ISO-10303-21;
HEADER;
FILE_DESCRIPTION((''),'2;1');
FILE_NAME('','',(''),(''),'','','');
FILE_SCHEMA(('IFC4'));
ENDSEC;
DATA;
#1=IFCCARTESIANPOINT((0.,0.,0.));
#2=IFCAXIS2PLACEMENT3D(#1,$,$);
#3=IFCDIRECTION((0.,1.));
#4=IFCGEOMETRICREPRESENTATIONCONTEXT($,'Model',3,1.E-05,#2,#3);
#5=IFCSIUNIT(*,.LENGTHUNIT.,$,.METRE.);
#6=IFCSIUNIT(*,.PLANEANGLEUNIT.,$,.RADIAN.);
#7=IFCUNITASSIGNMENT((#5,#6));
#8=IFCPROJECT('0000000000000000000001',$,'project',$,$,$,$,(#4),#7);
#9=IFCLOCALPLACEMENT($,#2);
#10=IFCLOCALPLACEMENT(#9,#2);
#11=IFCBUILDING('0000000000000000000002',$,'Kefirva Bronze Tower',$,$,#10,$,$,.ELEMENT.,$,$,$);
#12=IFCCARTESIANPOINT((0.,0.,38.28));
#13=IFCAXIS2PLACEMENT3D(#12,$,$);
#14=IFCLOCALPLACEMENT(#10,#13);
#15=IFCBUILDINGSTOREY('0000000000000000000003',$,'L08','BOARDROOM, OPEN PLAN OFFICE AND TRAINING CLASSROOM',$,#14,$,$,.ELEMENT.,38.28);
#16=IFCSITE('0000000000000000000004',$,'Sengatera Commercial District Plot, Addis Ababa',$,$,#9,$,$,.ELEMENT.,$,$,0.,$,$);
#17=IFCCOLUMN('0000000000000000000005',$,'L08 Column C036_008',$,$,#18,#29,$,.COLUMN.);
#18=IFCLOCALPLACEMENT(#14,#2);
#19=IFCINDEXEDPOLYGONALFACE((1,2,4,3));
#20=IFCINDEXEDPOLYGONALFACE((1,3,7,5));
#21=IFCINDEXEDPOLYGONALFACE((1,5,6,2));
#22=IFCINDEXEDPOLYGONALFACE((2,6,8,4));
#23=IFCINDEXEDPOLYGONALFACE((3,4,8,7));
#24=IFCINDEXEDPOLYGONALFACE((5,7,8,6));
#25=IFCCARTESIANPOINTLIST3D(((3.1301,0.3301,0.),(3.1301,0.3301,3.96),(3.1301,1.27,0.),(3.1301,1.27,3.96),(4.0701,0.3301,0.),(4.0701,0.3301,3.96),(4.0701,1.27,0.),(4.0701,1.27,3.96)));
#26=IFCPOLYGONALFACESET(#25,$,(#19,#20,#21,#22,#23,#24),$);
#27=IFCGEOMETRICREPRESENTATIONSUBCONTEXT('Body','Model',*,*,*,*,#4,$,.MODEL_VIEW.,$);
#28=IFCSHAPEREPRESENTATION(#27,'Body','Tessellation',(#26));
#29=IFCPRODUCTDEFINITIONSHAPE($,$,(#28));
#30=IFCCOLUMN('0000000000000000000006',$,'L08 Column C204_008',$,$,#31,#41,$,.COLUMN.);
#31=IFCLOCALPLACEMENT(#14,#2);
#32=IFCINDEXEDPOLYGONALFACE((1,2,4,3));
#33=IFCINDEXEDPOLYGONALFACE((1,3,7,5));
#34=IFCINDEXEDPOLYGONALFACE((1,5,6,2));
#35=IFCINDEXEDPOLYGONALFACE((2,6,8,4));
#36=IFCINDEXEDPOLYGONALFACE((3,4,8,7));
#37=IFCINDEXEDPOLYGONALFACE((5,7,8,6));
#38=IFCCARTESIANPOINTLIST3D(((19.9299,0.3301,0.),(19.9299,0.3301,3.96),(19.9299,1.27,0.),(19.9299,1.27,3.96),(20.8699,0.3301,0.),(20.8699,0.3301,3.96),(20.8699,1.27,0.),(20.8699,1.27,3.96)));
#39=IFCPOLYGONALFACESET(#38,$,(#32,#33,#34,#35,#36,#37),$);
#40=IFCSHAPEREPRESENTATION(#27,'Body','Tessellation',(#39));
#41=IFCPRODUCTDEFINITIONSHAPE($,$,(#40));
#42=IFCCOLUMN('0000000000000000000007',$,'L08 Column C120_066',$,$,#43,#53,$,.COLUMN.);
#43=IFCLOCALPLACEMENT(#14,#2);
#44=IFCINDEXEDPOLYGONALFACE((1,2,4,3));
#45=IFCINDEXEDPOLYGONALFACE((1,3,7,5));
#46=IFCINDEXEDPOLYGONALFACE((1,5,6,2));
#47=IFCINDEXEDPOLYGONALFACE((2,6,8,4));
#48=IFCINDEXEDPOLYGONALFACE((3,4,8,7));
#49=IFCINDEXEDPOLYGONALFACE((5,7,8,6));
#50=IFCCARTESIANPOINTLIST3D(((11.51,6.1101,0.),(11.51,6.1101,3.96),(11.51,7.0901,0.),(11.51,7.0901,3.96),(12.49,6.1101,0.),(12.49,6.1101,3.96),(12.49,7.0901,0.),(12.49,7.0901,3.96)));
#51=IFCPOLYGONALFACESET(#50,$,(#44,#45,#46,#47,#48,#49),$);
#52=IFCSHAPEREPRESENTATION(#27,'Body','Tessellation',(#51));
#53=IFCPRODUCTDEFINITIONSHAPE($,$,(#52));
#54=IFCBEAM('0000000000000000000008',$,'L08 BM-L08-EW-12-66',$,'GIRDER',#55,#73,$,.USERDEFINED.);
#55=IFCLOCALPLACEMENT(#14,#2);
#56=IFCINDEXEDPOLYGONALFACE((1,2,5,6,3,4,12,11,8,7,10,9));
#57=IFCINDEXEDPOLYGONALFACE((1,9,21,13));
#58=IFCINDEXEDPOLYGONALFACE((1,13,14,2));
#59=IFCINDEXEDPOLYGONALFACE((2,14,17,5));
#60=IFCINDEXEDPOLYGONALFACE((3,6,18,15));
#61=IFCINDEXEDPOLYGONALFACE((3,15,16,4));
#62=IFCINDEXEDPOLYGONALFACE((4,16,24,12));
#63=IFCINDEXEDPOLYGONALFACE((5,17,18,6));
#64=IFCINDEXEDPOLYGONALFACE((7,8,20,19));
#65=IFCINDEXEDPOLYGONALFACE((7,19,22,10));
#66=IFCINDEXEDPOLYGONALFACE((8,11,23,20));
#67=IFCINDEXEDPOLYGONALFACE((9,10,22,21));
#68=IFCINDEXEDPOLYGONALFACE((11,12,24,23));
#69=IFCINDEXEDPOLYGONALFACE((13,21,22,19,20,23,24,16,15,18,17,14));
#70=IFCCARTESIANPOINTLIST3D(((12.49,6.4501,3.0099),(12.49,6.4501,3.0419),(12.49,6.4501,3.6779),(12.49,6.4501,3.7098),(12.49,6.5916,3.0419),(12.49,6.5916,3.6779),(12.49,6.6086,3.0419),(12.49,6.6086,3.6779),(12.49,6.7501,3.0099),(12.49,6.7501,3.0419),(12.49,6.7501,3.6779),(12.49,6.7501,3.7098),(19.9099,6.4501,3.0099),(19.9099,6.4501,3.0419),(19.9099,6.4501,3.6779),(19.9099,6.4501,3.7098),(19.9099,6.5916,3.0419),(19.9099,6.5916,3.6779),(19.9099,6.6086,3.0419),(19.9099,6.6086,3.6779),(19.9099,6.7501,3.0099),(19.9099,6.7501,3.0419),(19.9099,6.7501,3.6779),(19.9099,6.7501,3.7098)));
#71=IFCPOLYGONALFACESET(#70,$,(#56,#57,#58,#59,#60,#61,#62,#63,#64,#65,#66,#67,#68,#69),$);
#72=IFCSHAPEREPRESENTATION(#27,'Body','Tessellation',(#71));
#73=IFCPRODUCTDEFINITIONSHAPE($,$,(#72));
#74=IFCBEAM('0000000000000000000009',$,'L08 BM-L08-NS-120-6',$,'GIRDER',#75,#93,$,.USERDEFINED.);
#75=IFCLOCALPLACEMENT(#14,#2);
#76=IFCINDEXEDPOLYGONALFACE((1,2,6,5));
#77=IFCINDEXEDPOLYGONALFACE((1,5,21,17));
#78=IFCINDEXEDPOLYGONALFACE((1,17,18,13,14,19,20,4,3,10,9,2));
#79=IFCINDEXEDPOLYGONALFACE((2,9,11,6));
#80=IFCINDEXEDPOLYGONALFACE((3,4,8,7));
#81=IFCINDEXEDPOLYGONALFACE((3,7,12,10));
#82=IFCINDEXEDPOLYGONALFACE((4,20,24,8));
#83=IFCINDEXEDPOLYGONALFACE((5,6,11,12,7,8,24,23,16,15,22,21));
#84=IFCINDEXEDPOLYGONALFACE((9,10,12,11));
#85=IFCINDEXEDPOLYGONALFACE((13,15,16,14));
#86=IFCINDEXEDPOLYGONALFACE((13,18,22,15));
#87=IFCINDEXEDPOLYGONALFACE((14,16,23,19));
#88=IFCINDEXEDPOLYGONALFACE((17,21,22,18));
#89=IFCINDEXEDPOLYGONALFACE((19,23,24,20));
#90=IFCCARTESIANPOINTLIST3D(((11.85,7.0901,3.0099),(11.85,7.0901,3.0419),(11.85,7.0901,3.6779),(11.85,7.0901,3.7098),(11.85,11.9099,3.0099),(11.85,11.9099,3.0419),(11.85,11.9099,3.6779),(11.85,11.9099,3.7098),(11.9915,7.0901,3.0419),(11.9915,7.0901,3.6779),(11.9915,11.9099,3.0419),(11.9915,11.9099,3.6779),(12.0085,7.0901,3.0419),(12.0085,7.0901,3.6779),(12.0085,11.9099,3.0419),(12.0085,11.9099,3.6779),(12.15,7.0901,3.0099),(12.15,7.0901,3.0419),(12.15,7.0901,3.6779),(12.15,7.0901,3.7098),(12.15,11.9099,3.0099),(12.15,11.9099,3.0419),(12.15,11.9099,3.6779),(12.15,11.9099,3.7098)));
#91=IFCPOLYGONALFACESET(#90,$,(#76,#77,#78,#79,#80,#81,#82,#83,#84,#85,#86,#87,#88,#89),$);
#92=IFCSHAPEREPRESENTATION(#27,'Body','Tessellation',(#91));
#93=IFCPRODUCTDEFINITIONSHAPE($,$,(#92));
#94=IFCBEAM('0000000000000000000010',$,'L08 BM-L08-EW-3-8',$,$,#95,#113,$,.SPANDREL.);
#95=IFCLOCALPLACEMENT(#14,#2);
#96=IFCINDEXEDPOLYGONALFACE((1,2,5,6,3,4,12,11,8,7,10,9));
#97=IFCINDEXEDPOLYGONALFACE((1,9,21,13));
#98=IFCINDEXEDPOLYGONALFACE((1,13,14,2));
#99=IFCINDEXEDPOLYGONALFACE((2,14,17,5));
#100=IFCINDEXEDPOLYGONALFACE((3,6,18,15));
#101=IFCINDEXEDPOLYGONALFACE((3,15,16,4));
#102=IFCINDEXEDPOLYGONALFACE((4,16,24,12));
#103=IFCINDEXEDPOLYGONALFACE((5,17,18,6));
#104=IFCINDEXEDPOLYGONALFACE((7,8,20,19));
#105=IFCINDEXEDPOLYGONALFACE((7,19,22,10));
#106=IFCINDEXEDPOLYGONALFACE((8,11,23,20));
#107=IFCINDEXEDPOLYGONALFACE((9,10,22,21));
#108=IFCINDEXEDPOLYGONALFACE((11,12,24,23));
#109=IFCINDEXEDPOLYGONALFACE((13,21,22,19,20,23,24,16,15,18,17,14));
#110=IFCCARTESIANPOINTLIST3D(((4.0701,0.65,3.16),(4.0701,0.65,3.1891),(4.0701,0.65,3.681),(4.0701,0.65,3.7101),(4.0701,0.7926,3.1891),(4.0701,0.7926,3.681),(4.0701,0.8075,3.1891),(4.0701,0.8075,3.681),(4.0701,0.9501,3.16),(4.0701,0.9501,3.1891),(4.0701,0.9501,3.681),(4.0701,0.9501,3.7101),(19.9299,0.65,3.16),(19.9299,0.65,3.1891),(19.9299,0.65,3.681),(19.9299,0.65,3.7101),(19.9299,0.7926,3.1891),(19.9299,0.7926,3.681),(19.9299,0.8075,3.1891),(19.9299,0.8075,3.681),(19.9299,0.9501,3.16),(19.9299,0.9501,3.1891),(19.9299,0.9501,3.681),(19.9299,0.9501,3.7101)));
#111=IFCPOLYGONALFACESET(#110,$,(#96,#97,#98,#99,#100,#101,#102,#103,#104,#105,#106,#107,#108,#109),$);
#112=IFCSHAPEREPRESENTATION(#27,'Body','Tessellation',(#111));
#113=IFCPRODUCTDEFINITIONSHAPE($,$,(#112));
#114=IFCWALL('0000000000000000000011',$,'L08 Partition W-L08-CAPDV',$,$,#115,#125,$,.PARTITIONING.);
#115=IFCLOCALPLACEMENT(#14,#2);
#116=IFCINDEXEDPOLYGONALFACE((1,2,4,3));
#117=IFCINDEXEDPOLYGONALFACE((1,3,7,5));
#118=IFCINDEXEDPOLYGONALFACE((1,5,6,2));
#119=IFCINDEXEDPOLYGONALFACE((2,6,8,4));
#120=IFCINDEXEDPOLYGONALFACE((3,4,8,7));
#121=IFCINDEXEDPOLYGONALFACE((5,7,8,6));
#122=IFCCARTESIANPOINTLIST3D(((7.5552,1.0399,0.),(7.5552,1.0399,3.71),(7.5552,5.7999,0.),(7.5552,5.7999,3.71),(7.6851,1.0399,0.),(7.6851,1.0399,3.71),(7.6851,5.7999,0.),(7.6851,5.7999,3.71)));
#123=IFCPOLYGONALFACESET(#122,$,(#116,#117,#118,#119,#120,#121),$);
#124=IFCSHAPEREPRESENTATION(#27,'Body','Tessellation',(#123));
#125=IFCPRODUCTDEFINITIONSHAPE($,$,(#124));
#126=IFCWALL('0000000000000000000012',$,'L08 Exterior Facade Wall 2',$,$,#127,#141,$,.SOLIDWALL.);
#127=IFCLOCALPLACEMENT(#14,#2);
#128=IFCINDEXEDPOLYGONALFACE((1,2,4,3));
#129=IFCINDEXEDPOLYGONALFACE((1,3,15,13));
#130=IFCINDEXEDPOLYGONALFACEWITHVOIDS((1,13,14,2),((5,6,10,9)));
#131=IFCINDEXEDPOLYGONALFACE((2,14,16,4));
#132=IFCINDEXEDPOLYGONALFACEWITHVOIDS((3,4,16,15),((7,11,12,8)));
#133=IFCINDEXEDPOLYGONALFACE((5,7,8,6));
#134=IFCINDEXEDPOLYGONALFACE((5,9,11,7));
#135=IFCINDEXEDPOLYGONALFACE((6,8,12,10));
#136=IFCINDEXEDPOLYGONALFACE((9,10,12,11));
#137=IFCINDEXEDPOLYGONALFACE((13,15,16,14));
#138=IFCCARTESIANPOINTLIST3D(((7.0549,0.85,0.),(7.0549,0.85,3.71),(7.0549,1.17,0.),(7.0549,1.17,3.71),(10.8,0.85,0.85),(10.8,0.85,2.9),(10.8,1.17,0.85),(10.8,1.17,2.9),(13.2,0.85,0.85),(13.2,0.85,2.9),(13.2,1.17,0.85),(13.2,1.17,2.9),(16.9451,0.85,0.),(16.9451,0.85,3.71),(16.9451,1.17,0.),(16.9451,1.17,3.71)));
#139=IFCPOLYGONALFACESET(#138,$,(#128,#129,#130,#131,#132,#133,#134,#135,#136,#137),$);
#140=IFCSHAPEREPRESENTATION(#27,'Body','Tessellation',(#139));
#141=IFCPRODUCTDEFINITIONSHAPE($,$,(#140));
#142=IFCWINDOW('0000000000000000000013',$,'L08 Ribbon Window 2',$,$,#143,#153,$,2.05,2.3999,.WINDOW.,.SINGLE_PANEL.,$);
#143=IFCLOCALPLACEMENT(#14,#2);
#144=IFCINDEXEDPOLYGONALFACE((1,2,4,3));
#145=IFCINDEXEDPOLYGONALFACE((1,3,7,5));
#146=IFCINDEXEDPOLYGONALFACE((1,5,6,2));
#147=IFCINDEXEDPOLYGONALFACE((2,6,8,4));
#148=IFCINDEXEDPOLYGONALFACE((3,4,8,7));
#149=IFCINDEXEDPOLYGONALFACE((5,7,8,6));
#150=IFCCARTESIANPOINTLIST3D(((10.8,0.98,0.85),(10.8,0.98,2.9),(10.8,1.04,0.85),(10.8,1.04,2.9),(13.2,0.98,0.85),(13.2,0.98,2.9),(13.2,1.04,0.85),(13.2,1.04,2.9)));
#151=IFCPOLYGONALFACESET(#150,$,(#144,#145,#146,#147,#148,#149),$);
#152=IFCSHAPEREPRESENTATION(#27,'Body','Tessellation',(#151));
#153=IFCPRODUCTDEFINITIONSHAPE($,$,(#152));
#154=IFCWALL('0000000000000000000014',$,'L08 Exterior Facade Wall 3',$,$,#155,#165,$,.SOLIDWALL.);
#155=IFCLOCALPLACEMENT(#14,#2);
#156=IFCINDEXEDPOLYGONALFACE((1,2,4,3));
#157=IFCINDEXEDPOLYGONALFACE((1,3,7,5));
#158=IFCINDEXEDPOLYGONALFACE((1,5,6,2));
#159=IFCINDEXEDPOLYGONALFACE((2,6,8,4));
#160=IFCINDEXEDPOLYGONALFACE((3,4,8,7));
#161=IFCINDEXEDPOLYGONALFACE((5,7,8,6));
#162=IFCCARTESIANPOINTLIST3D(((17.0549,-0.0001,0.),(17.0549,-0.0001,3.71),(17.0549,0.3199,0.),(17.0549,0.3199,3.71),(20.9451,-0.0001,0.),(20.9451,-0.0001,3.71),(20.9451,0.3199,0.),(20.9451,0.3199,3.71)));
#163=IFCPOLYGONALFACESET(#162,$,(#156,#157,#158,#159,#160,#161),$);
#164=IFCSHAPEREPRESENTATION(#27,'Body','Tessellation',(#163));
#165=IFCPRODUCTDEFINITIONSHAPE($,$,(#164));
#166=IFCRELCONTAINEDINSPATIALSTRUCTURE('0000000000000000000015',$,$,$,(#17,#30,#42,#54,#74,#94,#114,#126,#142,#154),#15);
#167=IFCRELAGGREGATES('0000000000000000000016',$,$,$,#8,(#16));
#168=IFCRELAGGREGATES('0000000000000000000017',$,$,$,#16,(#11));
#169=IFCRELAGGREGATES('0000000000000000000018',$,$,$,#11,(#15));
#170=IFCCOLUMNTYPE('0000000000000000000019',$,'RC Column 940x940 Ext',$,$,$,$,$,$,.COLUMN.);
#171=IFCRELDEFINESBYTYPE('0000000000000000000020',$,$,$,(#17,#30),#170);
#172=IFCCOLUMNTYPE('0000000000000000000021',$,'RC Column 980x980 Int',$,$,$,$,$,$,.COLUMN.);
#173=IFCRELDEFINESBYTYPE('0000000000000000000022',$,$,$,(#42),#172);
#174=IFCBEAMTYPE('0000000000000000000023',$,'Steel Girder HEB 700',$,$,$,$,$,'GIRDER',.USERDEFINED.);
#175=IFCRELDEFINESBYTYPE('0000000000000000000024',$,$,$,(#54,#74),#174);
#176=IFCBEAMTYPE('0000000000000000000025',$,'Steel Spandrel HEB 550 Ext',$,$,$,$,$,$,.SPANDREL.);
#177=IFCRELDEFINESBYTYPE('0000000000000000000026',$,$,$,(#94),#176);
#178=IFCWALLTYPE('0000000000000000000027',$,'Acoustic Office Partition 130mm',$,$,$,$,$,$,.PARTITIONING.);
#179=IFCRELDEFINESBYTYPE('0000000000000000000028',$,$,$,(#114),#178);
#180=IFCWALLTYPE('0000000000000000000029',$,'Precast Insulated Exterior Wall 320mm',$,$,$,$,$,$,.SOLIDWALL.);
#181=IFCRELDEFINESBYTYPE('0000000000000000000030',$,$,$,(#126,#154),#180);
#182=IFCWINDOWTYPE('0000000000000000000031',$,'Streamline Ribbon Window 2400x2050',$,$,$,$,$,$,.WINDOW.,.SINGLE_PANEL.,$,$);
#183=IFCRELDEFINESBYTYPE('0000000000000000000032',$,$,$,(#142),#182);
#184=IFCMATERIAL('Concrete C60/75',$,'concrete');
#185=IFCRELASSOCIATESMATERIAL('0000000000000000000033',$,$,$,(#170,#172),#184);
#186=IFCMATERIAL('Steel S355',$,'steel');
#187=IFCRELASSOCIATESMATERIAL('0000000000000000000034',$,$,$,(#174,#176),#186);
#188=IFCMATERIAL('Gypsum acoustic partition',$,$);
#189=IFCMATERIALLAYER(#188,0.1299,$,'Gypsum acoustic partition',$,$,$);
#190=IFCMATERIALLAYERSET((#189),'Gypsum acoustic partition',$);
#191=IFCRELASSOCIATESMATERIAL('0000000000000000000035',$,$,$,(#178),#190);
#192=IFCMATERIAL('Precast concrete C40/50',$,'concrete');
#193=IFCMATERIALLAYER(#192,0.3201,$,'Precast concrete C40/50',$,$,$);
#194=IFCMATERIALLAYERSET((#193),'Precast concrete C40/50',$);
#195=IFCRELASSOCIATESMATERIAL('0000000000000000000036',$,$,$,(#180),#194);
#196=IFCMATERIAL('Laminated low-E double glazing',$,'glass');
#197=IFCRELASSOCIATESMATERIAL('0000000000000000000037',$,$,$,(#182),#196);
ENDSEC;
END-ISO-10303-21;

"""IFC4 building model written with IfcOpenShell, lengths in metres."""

from ifc_helpers import new_model, si_unit, direction, frame, frame_2d, origin, origin_2d, place, context, subcontext, project, spatial, rectangle, i_section, extrude, material, layer, layer_set, material_profile, profile_set, type_object, element, fill, save


model = new_model("IFC4")

# Units and contexts
model_context = context("Model", 3, precision=1e-05, world=origin(), true_north=direction((0.0, 1.0)))
body_context = subcontext(model_context, "Body", "Model", "MODEL_VIEW")
ifc_project = project(units=[si_unit("LENGTHUNIT", "METRE"), si_unit("PLANEANGLEUNIT", "RADIAN")], contexts=[model_context])

# Site, building, storey
site_placement = place(None, origin())
site = spatial("IfcSite", under=ifc_project, at=site_placement, Name="Sengatera Commercial District Plot, Addis Ababa", CompositionType="ELEMENT", RefElevation=0.0)
building_placement = place(site_placement, origin())
building = spatial("IfcBuilding", under=site, at=building_placement, Name="Kefirva Bronze Tower", CompositionType="ELEMENT")
storey_placement = place(building_placement, frame((0.0, 0.0, 38.28)))
storey = spatial("IfcBuildingStorey", under=building, at=storey_placement, Name="L08", Description="BOARDROOM, OPEN PLAN OFFICE AND TRAINING CLASSROOM", CompositionType="ELEMENT", Elevation=38.28)

# Columns
ifc_material_1 = material(Name="Concrete C60/75", Category="concrete")
ifc_material_profile_1 = material_profile(ifc_material_1, rectangle(XDim=0.9399, YDim=0.9399, at=origin_2d()), Name="RC 940x940")
ifc_profile_set_1 = profile_set([ifc_material_profile_1], Name="Concrete C60/75")
column_type_1 = type_object("IfcColumnType", Name="RC Column 940x940 Ext", PredefinedType="COLUMN", material=ifc_profile_set_1)
for number, where, z_axis, x_axis, name in (
    (1, (3.6001, 0.8, 0.0), (0.0, 0.0, 1.0), (1.0, 0.0, 0.0), "L08 Column C036_008"),
    (2, (20.3999, 0.8, 0.0), (0.0, 0.0, 1.0), (1.0, 0.0, 0.0), "L08 Column C204_008"),
):
    element("IfcColumn", number, at=place(storey_placement, frame(where, z_axis=z_axis, x_axis=x_axis)), inside=storey, type_object=column_type_1, Name=name, PredefinedType="COLUMN", context=body_context, shape_type="SweptSolid", body=[
        extrude(rectangle(XDim=0.9399, YDim=0.9399, at=origin_2d()), origin(), (0.0, 0.0, 1.0), 3.96),
    ])
ifc_material_profile_2 = material_profile(ifc_material_1, rectangle(XDim=0.98, YDim=0.98, at=origin_2d()), Name="RC 980x980")
ifc_profile_set_2 = profile_set([ifc_material_profile_2], Name="Concrete C60/75")
column_type_2 = type_object("IfcColumnType", Name="RC Column 980x980 Int", PredefinedType="COLUMN", material=ifc_profile_set_2)
column_placement = place(storey_placement, frame((12.0, 6.6001, 0.0), z_axis=(0.0, 0.0, 1.0), x_axis=(1.0, 0.0, 0.0)))
element("IfcColumn", 3, at=column_placement, inside=storey, type_object=column_type_2, Name="L08 Column C120_066", PredefinedType="COLUMN", context=body_context, shape_type="SweptSolid", body=[
    extrude(rectangle(XDim=0.98, YDim=0.98, at=origin_2d()), origin(), (0.0, 0.0, 1.0), 3.96),
])

# Beams
ifc_material_2 = material(Name="Steel S355", Category="steel")
ifc_material_profile_3 = material_profile(ifc_material_2, i_section(OverallWidth=0.3, OverallDepth=0.7, WebThickness=0.0171, FlangeThickness=0.032, at=origin_2d()), Name="HEB 700")
ifc_profile_set_3 = profile_set([ifc_material_profile_3], Name="Steel S355")
beam_type_1 = type_object("IfcBeamType", Name="Steel Girder HEB 700", ElementType="GIRDER", PredefinedType="USERDEFINED", material=ifc_profile_set_3)
beam_1_placement = place(storey_placement, frame((12.49, 6.6001, 3.3599), z_axis=(1.0, 0.0, 0.0), x_axis=(0.0, 1.0, 0.0)))
element("IfcBeam", 4, at=beam_1_placement, inside=storey, type_object=beam_type_1, Name="L08 BM-L08-EW-12-66", ObjectType="GIRDER", PredefinedType="USERDEFINED", context=body_context, shape_type="SweptSolid", body=[
    extrude(i_section(OverallWidth=0.3, OverallDepth=0.7, WebThickness=0.0171, FlangeThickness=0.032, at=origin_2d()), origin(), (0.0, 0.0, 1.0), 7.4199),
])
beam_2_placement = place(storey_placement, frame((12.0, 7.0901, 3.3599), z_axis=(0.0, 1.0, 0.0), x_axis=(-1.0, 0.0, 0.0)))
element("IfcBeam", 5, at=beam_2_placement, inside=storey, type_object=beam_type_1, Name="L08 BM-L08-NS-120-6", ObjectType="GIRDER", PredefinedType="USERDEFINED", context=body_context, shape_type="SweptSolid", body=[
    extrude(i_section(OverallWidth=0.3, OverallDepth=0.7, WebThickness=0.0171, FlangeThickness=0.032, at=origin_2d()), origin(), (0.0, 0.0, 1.0), 4.8198),
])
ifc_material_profile_4 = material_profile(ifc_material_2, i_section(OverallWidth=0.3, OverallDepth=0.55, WebThickness=0.0149, FlangeThickness=0.0291, at=origin_2d()), Name="HEB 550")
ifc_profile_set_4 = profile_set([ifc_material_profile_4], Name="Steel S355")
beam_type_2 = type_object("IfcBeamType", Name="Steel Spandrel HEB 550 Ext", PredefinedType="SPANDREL", material=ifc_profile_set_4)
beam_3_placement = place(storey_placement, frame((4.0701, 0.8, 3.4351), z_axis=(1.0, 0.0, 0.0), x_axis=(0.0, 1.0, 0.0)))
element("IfcBeam", 6, at=beam_3_placement, inside=storey, type_object=beam_type_2, Name="L08 BM-L08-EW-3-8", PredefinedType="SPANDREL", context=body_context, shape_type="SweptSolid", body=[
    extrude(i_section(OverallWidth=0.3, OverallDepth=0.55, WebThickness=0.0149, FlangeThickness=0.0291, at=origin_2d()), origin(), (0.0, 0.0, 1.0), 15.8599),
])

# Wall
ifc_material_3 = material(Name="Gypsum acoustic partition")
ifc_layer_1 = layer(ifc_material_3, 0.1299, Name="Gypsum acoustic partition")
ifc_layer_set_1 = layer_set([ifc_layer_1], Name="Gypsum acoustic partition")
wall_type_1 = type_object("IfcWallType", Name="Acoustic Office Partition 130mm", PredefinedType="PARTITIONING", material=ifc_layer_set_1)
wall_1_placement = place(storey_placement, frame((7.6201, 1.04, 0.0), z_axis=(0.0, 0.0, 1.0), x_axis=(0.0, 1.0, 0.0)))
element("IfcWall", 7, at=wall_1_placement, inside=storey, type_object=wall_type_1, Name="L08 Partition W-L08-CAPDV", PredefinedType="PARTITIONING", context=body_context, shape_type="SweptSolid", body=[
    extrude(rectangle(XDim=4.76, YDim=0.1299, at=frame_2d((2.3799, 0.0))), origin(), (0.0, 0.0, 1.0), 3.71),
])

# Wall, opening, window
ifc_material_4 = material(Name="Precast concrete C40/50", Category="concrete")
ifc_layer_2 = layer(ifc_material_4, 0.3201, Name="Precast concrete C40/50")
ifc_layer_set_2 = layer_set([ifc_layer_2], Name="Precast concrete C40/50")
wall_type_2 = type_object("IfcWallType", Name="Precast Insulated Exterior Wall 320mm", PredefinedType="SOLIDWALL", material=ifc_layer_set_2)
wall_2_placement = place(storey_placement, frame((7.0549, 1.01, 0.0), z_axis=(0.0, 0.0, 1.0), x_axis=(1.0, 0.0, 0.0)))
wall_2 = element("IfcWall", 8, at=wall_2_placement, inside=storey, type_object=wall_type_2, Name="L08 Exterior Facade Wall 2", PredefinedType="SOLIDWALL", context=body_context, shape_type="SweptSolid", body=[
    extrude(rectangle(XDim=9.8901, YDim=0.3201, at=frame_2d((4.9451, 0.0))), origin(), (0.0, 0.0, 1.0), 3.71),
])
opening_1_placement = place(wall_2_placement, frame((3.7451, 0.0, 0.8501)))
opening_1 = element("IfcOpeningElement", 9, at=opening_1_placement, cuts=wall_2, PredefinedType="OPENING", context=body_context, shape_type="SweptSolid", body=[
    extrude(rectangle(XDim=2.3999, YDim=2.05, at=frame_2d((1.2, 1.0249))), frame((0.0, 0.1699, 0.0), z_axis=(0.0, -1.0, 0.0), x_axis=(1.0, 0.0, 0.0)), (0.0, 0.0, 1.0), 0.3401),
])
ifc_material_5 = material(Name="Laminated low-E double glazing", Category="glass")
window_type = type_object("IfcWindowType", Name="Streamline Ribbon Window 2400x2050", PartitioningType="SINGLE_PANEL", PredefinedType="WINDOW", material=ifc_material_5)
window_placement = place(opening_1_placement, origin())
window = element("IfcWindow", 10, at=window_placement, inside=storey, type_object=window_type, Name="L08 Ribbon Window 2", OverallHeight=2.05, OverallWidth=2.3999, PartitioningType="SINGLE_PANEL", PredefinedType="WINDOW", context=body_context, shape_type="SweptSolid", body=[
    extrude(rectangle(XDim=2.3999, YDim=2.05, at=frame_2d((1.2, 1.0249))), frame((0.0, 0.03, 0.0), z_axis=(0.0, -1.0, 0.0), x_axis=(1.0, 0.0, 0.0)), (0.0, 0.0, 1.0), 0.0601),
])
fill(opening_1, window)

# Wall
wall_3_placement = place(storey_placement, frame((17.0549, 0.1599, 0.0), z_axis=(0.0, 0.0, 1.0), x_axis=(1.0, 0.0, 0.0)))
element("IfcWall", 11, at=wall_3_placement, inside=storey, type_object=wall_type_2, Name="L08 Exterior Facade Wall 3", PredefinedType="SOLIDWALL", context=body_context, shape_type="SweptSolid", body=[
    extrude(rectangle(XDim=3.8901, YDim=0.3201, at=frame_2d((1.9451, 0.0))), origin(), (0.0, 0.0, 1.0), 3.71),
])

save(model, "model.ifc")
